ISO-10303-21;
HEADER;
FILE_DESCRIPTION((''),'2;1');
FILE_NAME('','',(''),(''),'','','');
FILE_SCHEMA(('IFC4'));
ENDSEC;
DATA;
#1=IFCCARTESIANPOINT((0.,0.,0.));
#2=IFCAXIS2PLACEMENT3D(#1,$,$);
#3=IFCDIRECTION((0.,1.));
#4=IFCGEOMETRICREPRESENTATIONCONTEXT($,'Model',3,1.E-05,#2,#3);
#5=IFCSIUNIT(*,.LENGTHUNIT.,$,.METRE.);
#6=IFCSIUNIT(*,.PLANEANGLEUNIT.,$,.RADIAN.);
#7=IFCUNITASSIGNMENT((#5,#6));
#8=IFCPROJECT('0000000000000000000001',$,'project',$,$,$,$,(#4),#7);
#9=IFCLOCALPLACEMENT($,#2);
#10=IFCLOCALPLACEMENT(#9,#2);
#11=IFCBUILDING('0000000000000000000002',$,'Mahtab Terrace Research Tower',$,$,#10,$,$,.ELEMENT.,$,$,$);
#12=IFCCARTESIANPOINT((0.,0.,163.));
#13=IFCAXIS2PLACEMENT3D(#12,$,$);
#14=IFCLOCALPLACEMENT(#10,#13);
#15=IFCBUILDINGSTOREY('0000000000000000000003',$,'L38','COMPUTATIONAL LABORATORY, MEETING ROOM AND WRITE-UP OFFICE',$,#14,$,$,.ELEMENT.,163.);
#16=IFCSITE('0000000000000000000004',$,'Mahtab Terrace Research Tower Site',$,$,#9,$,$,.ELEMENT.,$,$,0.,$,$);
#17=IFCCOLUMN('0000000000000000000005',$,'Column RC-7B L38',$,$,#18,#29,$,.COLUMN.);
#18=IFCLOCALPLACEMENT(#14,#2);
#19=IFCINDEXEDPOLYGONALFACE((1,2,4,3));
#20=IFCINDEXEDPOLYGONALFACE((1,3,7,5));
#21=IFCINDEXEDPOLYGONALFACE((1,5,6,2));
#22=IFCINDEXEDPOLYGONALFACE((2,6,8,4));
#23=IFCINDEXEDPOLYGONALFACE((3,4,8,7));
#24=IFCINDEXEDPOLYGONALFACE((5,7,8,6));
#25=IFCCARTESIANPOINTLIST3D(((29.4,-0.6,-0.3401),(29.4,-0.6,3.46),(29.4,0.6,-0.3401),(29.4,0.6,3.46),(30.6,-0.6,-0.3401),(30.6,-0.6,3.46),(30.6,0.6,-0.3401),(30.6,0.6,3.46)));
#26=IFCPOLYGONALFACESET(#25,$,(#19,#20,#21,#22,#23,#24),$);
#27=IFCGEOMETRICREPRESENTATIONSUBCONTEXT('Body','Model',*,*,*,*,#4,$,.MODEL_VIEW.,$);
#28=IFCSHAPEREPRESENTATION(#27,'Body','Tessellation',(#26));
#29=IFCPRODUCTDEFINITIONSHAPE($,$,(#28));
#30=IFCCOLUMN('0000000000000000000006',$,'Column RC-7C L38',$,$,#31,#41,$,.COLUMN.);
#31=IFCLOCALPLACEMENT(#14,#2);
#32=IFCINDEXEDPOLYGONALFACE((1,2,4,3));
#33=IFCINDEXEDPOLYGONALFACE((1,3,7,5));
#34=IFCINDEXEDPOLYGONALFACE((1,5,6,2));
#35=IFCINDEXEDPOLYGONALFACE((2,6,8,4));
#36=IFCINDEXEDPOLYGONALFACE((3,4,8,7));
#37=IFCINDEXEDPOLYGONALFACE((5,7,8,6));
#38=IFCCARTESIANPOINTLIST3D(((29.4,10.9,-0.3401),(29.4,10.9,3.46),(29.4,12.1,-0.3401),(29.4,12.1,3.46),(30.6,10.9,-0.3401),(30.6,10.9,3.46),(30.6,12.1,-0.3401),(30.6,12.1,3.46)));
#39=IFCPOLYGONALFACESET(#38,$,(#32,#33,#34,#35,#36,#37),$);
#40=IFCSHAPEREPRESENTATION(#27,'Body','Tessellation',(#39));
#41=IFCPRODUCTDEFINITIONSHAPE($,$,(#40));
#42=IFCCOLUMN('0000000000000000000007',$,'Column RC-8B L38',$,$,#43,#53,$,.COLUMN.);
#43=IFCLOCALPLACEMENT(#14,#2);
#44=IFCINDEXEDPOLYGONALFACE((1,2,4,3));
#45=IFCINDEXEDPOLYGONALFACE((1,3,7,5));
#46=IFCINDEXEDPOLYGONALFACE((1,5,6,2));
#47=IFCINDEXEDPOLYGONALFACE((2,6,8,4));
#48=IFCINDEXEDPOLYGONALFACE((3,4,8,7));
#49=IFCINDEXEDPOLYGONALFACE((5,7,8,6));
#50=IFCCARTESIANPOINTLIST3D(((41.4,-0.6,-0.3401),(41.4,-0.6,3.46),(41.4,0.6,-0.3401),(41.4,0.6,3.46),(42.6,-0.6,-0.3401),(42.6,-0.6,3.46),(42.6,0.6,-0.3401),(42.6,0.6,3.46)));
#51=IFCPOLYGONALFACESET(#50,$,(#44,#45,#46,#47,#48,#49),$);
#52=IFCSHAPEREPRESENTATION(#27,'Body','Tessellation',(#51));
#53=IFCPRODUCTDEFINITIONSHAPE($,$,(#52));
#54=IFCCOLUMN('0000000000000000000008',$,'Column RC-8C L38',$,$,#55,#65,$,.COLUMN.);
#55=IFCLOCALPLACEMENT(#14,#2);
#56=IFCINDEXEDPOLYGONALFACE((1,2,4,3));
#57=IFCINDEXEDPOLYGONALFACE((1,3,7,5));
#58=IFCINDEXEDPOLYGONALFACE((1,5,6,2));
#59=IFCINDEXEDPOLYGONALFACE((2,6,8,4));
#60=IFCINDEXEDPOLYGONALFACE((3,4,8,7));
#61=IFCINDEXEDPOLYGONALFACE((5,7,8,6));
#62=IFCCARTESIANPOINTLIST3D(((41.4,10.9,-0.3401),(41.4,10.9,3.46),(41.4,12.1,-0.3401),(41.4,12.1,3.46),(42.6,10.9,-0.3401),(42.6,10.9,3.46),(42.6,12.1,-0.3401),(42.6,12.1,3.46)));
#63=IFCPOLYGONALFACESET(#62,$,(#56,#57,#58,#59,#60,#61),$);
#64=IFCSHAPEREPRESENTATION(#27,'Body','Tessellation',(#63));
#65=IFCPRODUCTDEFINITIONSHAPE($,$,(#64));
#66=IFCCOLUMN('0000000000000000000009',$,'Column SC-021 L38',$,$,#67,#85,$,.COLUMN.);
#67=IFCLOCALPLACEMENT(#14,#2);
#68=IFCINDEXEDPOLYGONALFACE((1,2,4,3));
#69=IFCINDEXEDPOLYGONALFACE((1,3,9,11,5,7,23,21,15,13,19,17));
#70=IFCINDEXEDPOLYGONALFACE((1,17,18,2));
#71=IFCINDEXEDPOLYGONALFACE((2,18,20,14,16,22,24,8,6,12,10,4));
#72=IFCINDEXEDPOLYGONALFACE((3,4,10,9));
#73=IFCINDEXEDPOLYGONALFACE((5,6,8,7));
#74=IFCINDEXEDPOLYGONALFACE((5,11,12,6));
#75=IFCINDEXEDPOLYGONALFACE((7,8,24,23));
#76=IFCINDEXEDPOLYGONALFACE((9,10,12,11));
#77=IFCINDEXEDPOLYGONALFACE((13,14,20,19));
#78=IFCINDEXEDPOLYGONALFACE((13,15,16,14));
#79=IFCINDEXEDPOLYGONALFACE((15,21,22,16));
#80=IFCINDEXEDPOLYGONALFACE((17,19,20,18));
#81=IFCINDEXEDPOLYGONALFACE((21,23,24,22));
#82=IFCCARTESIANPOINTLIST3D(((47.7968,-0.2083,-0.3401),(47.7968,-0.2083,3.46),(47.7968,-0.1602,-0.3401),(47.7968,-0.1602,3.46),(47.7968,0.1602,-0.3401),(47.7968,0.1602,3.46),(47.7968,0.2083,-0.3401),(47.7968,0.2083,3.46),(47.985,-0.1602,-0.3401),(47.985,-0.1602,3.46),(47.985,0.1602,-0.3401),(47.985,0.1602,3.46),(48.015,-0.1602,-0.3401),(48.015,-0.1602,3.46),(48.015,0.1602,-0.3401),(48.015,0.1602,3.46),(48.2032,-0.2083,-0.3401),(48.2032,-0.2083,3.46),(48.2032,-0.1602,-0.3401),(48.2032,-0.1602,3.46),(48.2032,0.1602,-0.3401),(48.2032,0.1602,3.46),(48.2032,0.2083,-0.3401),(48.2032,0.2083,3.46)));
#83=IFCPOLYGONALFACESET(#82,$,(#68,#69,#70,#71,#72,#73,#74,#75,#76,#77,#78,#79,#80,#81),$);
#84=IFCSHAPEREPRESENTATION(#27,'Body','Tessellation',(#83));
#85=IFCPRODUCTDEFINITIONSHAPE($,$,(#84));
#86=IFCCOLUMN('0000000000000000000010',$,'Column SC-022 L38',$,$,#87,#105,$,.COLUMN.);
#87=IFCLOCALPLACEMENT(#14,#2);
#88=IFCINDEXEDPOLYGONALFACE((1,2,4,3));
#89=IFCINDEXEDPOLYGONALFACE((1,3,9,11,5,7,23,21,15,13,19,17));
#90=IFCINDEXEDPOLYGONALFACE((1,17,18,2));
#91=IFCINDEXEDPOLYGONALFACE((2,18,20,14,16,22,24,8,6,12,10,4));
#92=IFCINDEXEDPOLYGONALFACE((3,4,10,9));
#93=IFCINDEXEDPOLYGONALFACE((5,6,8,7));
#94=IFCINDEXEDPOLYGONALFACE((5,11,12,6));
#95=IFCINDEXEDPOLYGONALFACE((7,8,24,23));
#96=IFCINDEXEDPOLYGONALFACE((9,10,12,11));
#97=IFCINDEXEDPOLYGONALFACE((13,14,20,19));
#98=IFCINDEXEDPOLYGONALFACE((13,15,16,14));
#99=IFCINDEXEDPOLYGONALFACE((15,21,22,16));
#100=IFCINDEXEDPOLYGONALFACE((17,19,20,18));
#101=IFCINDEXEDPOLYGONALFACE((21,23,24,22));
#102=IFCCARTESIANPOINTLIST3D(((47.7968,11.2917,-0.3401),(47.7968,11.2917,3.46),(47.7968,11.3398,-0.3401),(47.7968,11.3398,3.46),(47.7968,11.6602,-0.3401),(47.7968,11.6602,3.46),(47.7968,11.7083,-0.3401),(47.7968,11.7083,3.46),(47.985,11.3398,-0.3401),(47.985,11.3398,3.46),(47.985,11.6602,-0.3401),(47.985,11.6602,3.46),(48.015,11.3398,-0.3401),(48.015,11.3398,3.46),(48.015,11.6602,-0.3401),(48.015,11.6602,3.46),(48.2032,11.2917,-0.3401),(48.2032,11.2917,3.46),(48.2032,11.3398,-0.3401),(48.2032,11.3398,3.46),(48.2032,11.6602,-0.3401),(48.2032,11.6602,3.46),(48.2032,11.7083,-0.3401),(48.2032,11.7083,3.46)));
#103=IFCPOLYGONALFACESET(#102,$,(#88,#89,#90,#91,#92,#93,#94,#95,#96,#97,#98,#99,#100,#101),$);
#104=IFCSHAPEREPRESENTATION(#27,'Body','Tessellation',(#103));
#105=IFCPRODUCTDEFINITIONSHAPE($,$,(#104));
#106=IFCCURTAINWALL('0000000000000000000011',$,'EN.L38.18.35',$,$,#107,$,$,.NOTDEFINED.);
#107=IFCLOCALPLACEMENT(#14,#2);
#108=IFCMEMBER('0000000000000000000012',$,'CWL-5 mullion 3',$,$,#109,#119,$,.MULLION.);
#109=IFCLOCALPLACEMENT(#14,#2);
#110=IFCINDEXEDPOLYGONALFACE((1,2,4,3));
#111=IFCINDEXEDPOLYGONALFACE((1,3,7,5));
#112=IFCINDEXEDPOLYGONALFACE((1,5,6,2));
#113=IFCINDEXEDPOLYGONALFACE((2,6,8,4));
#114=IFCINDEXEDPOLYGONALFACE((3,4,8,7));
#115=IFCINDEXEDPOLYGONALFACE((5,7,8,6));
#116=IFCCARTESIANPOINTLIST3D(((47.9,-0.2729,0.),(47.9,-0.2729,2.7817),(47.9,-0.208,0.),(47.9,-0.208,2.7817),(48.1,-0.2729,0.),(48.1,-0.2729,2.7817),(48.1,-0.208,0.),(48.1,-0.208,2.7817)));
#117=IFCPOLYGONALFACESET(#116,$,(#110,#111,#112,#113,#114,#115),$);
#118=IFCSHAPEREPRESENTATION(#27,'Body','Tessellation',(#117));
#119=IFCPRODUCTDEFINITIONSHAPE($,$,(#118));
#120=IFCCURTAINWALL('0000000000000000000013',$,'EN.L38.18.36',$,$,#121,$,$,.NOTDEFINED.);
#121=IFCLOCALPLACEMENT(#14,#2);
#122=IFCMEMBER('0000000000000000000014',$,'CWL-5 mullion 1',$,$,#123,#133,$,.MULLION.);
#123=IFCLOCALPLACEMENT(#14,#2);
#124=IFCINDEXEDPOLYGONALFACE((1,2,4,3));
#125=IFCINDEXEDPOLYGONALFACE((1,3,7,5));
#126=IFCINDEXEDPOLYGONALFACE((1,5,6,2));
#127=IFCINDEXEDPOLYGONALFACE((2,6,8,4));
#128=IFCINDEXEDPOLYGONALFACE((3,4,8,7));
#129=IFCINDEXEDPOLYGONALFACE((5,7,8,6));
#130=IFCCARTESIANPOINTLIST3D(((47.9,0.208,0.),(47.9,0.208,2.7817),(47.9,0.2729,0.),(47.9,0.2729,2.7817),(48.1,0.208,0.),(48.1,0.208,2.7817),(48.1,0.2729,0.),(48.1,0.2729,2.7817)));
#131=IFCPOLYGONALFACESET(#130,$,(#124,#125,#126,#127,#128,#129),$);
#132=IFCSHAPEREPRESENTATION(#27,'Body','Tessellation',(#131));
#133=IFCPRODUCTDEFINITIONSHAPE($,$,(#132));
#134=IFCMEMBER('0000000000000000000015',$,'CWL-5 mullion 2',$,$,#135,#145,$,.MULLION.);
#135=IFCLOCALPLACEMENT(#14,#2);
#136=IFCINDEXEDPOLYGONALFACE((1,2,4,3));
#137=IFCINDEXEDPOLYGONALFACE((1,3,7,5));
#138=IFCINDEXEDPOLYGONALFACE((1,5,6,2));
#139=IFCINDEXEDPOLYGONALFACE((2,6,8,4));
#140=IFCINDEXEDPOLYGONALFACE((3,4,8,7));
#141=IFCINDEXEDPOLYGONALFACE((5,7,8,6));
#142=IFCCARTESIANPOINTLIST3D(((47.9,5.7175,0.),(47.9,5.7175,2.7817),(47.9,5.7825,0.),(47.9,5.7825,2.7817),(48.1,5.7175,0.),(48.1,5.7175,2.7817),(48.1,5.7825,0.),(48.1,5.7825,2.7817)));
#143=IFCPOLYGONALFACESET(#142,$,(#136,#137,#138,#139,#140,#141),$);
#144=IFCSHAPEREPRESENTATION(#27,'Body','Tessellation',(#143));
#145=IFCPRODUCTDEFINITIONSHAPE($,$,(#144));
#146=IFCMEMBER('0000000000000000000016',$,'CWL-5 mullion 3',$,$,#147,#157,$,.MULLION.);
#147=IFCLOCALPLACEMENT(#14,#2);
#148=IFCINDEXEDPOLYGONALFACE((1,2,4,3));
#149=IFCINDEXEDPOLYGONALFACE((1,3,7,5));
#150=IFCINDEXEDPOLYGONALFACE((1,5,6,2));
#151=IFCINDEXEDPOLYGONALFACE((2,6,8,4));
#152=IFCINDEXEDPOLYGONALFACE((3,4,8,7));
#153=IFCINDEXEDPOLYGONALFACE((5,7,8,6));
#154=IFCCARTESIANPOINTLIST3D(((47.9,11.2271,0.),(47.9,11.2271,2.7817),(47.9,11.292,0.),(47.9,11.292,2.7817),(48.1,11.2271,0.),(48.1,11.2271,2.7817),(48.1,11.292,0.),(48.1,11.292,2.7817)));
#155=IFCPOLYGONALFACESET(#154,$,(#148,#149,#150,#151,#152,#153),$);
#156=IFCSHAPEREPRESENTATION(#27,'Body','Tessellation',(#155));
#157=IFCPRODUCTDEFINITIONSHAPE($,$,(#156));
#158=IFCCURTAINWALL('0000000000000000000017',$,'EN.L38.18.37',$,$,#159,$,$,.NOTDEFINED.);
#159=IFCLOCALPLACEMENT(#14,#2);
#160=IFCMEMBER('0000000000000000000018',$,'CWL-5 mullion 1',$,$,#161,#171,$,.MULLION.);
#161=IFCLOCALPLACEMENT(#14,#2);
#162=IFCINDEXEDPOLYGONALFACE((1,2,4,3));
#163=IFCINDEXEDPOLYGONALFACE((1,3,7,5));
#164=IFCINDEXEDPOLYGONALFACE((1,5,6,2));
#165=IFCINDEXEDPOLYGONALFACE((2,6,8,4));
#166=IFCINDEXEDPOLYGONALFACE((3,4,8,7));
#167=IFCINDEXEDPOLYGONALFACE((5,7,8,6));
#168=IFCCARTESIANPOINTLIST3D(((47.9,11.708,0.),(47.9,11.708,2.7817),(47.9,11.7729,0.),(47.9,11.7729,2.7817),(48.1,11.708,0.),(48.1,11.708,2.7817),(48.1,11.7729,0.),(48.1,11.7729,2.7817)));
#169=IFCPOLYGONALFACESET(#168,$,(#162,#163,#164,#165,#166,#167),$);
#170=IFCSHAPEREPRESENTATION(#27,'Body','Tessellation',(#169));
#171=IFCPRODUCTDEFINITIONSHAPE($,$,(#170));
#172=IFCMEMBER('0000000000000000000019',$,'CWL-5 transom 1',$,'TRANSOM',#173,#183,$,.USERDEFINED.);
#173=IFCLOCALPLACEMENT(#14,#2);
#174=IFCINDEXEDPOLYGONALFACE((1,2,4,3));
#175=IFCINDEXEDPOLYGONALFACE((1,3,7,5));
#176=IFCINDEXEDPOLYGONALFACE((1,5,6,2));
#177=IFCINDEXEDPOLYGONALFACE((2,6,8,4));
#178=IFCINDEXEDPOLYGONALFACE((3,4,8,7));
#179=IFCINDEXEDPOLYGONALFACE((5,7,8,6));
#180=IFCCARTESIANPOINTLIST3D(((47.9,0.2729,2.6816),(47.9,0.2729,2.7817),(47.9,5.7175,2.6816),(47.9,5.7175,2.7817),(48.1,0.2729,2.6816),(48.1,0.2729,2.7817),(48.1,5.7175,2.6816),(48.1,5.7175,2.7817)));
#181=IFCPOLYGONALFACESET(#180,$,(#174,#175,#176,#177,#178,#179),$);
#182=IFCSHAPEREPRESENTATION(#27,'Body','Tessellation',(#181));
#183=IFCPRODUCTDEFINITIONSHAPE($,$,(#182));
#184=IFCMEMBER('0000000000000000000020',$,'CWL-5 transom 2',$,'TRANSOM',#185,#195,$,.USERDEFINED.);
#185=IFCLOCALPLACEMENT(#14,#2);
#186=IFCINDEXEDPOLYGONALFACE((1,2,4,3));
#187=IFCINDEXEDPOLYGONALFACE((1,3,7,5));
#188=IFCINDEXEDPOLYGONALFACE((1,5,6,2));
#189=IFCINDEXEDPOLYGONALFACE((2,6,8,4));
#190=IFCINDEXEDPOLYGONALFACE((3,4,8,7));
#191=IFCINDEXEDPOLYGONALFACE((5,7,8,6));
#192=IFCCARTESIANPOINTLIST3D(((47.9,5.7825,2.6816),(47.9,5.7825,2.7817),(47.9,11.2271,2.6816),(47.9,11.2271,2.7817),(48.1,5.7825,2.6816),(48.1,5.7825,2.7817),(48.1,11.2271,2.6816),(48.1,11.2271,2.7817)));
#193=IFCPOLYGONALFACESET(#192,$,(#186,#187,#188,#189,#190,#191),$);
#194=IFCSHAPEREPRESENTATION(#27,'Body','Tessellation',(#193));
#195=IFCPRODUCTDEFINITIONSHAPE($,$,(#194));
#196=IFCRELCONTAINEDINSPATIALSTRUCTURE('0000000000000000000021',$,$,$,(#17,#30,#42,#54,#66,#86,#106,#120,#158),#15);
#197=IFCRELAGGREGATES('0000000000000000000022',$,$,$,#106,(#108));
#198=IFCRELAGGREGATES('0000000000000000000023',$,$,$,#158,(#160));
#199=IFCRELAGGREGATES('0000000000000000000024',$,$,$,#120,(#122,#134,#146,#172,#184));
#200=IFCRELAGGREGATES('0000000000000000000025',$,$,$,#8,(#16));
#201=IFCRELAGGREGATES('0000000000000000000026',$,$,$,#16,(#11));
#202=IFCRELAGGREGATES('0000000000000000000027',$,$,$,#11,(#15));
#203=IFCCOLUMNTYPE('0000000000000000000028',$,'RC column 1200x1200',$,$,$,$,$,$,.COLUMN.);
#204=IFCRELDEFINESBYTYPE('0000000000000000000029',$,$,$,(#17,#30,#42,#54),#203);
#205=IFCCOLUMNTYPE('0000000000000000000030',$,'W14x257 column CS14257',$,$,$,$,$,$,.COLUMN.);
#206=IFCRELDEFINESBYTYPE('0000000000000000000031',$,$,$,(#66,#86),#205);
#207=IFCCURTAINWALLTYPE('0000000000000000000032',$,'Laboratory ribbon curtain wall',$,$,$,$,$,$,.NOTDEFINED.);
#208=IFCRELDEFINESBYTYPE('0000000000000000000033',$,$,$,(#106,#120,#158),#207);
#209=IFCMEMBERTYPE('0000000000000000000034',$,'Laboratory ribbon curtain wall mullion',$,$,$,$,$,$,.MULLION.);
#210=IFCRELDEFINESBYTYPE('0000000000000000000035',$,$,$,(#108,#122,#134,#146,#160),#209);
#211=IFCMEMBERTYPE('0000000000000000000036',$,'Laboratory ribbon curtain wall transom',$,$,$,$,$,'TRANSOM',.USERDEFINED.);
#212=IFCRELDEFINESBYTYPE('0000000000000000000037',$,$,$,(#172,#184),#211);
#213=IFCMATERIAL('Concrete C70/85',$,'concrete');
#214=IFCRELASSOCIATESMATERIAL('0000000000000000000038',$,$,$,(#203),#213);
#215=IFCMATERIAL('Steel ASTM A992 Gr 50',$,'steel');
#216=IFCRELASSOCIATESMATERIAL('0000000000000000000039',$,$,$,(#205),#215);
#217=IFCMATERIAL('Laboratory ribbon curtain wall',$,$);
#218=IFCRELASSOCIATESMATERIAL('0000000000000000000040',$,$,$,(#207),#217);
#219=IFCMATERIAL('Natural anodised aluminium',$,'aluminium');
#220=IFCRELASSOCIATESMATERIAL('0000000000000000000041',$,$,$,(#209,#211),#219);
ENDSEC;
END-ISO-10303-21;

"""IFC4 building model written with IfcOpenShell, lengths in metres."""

from ifc_helpers import new_model, si_unit, direction, frame, origin, origin_2d, place, context, subcontext, project, spatial, rectangle, i_section, extrude, material, material_profile, profile_set, type_object, element, aggregate, save


model = new_model("IFC4")

# Units and contexts
model_context = context("Model", 3, precision=1e-05, world=origin(), true_north=direction((0.0, 1.0)))
body_context = subcontext(model_context, "Body", "Model", "MODEL_VIEW")
ifc_project = project(units=[si_unit("LENGTHUNIT", "METRE"), si_unit("PLANEANGLEUNIT", "RADIAN")], contexts=[model_context])

# Site, building, storey
site_placement = place(None, origin())
site = spatial("IfcSite", under=ifc_project, at=site_placement, Name="Mahtab Terrace Research Tower Site", CompositionType="ELEMENT", RefElevation=0.0)
building_placement = place(site_placement, origin())
building = spatial("IfcBuilding", under=site, at=building_placement, Name="Mahtab Terrace Research Tower", CompositionType="ELEMENT")
storey_placement = place(building_placement, frame((0.0, 0.0, 163.0)))
storey = spatial("IfcBuildingStorey", under=building, at=storey_placement, Name="L38", Description="COMPUTATIONAL LABORATORY, MEETING ROOM AND WRITE-UP OFFICE", CompositionType="ELEMENT", Elevation=163.0)

# Columns
ifc_material_1 = material(Name="Concrete C70/85", Category="concrete")
ifc_material_profile_1 = material_profile(ifc_material_1, rectangle(XDim=1.2, YDim=1.2, at=origin_2d()), Name="RC column 1200x1200")
ifc_profile_set_1 = profile_set([ifc_material_profile_1], Name="Concrete C70/85")
column_type_1 = type_object("IfcColumnType", Name="RC column 1200x1200", PredefinedType="COLUMN", material=ifc_profile_set_1)
for number, where, z_axis, x_axis, name in (
    (1, (30.0, 0.0, -0.3401), (0.0, 0.0, 1.0), (1.0, 0.0, 0.0), "Column RC-7B L38"),
    (2, (30.0, 11.5, -0.3401), (0.0, 0.0, 1.0), (1.0, 0.0, 0.0), "Column RC-7C L38"),
    (3, (42.0, 0.0, -0.3401), (0.0, 0.0, 1.0), (1.0, 0.0, 0.0), "Column RC-8B L38"),
    (4, (42.0, 11.5, -0.3401), (0.0, 0.0, 1.0), (1.0, 0.0, 0.0), "Column RC-8C L38"),
):
    element("IfcColumn", number, at=place(storey_placement, frame(where, z_axis=z_axis, x_axis=x_axis)), inside=storey, type_object=column_type_1, Name=name, PredefinedType="COLUMN", context=body_context, shape_type="SweptSolid", body=[
        extrude(rectangle(XDim=1.2, YDim=1.2, at=origin_2d()), origin(), (0.0, 0.0, 1.0), 3.8),
    ])
ifc_material_2 = material(Name="Steel ASTM A992 Gr 50", Category="steel")
ifc_material_profile_2 = material_profile(ifc_material_2, i_section(OverallWidth=0.4065, OverallDepth=0.4165, WebThickness=0.03, FlangeThickness=0.0481, at=origin_2d()), Name="W14X257")
ifc_profile_set_2 = profile_set([ifc_material_profile_2], Name="Steel ASTM A992 Gr 50")
column_type_2 = type_object("IfcColumnType", Name="W14x257 column CS14257", PredefinedType="COLUMN", material=ifc_profile_set_2)
for number, where, z_axis, x_axis, name in (
    (5, (48.0, 0.0, -0.3401), (0.0, 0.0, 1.0), (1.0, 0.0, 0.0), "Column SC-021 L38"),
    (6, (48.0, 11.5, -0.3401), (0.0, 0.0, 1.0), (1.0, 0.0, 0.0), "Column SC-022 L38"),
):
    element("IfcColumn", number, at=place(storey_placement, frame(where, z_axis=z_axis, x_axis=x_axis)), inside=storey, type_object=column_type_2, Name=name, PredefinedType="COLUMN", context=body_context, shape_type="SweptSolid", body=[
        extrude(i_section(OverallWidth=0.4065, OverallDepth=0.4165, WebThickness=0.03, FlangeThickness=0.0481, at=origin_2d()), origin(), (0.0, 0.0, 1.0), 3.8),
    ])

# Curtain wall, member
ifc_material_3 = material(Name="Laboratory ribbon curtain wall")
curtain_wall_type = type_object("IfcCurtainWallType", Name="Laboratory ribbon curtain wall", PredefinedType="NOTDEFINED", material=ifc_material_3)
curtain_wall_1_placement = place(storey_placement, origin())
curtain_wall_1 = element("IfcCurtainWall", 7, at=curtain_wall_1_placement, inside=storey, type_object=curtain_wall_type, Name="EN.L38.18.35", PredefinedType="NOTDEFINED")
ifc_material_4 = material(Name="Natural anodised aluminium", Category="aluminium")
ifc_material_profile_3 = material_profile(ifc_material_4, rectangle(XDim=0.2, YDim=0.0649, at=origin_2d()), Name="MULLION 65x200")
ifc_profile_set_3 = profile_set([ifc_material_profile_3], Name="Natural anodised aluminium")
member_type_1 = type_object("IfcMemberType", Name="Laboratory ribbon curtain wall mullion", PredefinedType="MULLION", material=ifc_profile_set_3)
member_1_placement = place(storey_placement, frame((48.0, -0.2405, 0.0), z_axis=(0.0, 0.0, 1.0), x_axis=(-1.0, 0.0, 0.0)))
member_1 = element("IfcMember", 8, at=member_1_placement, type_object=member_type_1, Name="CWL-5 mullion 3", PredefinedType="MULLION", context=body_context, shape_type="SweptSolid", body=[
    extrude(rectangle(XDim=0.2, YDim=0.0649, at=origin_2d()), origin(), (0.0, 0.0, 1.0), 2.7817),
])
aggregate(curtain_wall_1, [member_1])

# Curtain wall, members
curtain_wall_2_placement = place(storey_placement, origin())
curtain_wall_2 = element("IfcCurtainWall", 9, at=curtain_wall_2_placement, inside=storey, type_object=curtain_wall_type, Name="EN.L38.18.36", PredefinedType="NOTDEFINED")
member_2_placement = place(storey_placement, frame((48.0, 0.2405, 0.0), z_axis=(0.0, 0.0, 1.0), x_axis=(-1.0, 0.0, 0.0)))
member_2 = element("IfcMember", 10, at=member_2_placement, type_object=member_type_1, Name="CWL-5 mullion 1", PredefinedType="MULLION", context=body_context, shape_type="SweptSolid", body=[
    extrude(rectangle(XDim=0.2, YDim=0.0649, at=origin_2d()), origin(), (0.0, 0.0, 1.0), 2.7817),
])
member_3_placement = place(storey_placement, frame((48.0, 5.75, 0.0), z_axis=(0.0, 0.0, 1.0), x_axis=(-1.0, 0.0, 0.0)))
member_3 = element("IfcMember", 11, at=member_3_placement, type_object=member_type_1, Name="CWL-5 mullion 2", PredefinedType="MULLION", context=body_context, shape_type="SweptSolid", body=[
    extrude(rectangle(XDim=0.2, YDim=0.0649, at=origin_2d()), origin(), (0.0, 0.0, 1.0), 2.7817),
])
member_4_placement = place(storey_placement, frame((48.0, 11.2595, 0.0), z_axis=(0.0, 0.0, 1.0), x_axis=(-1.0, 0.0, 0.0)))
member_4 = element("IfcMember", 12, at=member_4_placement, type_object=member_type_1, Name="CWL-5 mullion 3", PredefinedType="MULLION", context=body_context, shape_type="SweptSolid", body=[
    extrude(rectangle(XDim=0.2, YDim=0.0649, at=origin_2d()), origin(), (0.0, 0.0, 1.0), 2.7817),
])

# Curtain wall, member
curtain_wall_3_placement = place(storey_placement, origin())
curtain_wall_3 = element("IfcCurtainWall", 13, at=curtain_wall_3_placement, inside=storey, type_object=curtain_wall_type, Name="EN.L38.18.37", PredefinedType="NOTDEFINED")
member_5_placement = place(storey_placement, frame((48.0, 11.7405, 0.0), z_axis=(0.0, 0.0, 1.0), x_axis=(-1.0, 0.0, 0.0)))
member_5 = element("IfcMember", 14, at=member_5_placement, type_object=member_type_1, Name="CWL-5 mullion 1", PredefinedType="MULLION", context=body_context, shape_type="SweptSolid", body=[
    extrude(rectangle(XDim=0.2, YDim=0.0649, at=origin_2d()), origin(), (0.0, 0.0, 1.0), 2.7817),
])
aggregate(curtain_wall_3, [member_5])

# Members
ifc_material_profile_4 = material_profile(ifc_material_4, rectangle(XDim=0.2, YDim=0.1001, at=origin_2d()), Name="TRANSOM 100x200")
ifc_profile_set_4 = profile_set([ifc_material_profile_4], Name="Natural anodised aluminium")
member_type_2 = type_object("IfcMemberType", Name="Laboratory ribbon curtain wall transom", ElementType="TRANSOM", PredefinedType="USERDEFINED", material=ifc_profile_set_4)
member_6_placement = place(storey_placement, frame((48.0, 0.2729, 2.7317), z_axis=(0.0, 1.0, 0.0), x_axis=(-1.0, 0.0, 0.0)))
member_6 = element("IfcMember", 15, at=member_6_placement, type_object=member_type_2, Name="CWL-5 transom 1", ObjectType="TRANSOM", PredefinedType="USERDEFINED", context=body_context, shape_type="SweptSolid", body=[
    extrude(rectangle(XDim=0.2, YDim=0.1001, at=origin_2d()), origin(), (0.0, 0.0, 1.0), 5.4446),
])
member_7_placement = place(storey_placement, frame((48.0, 5.7825, 2.7317), z_axis=(0.0, 1.0, 0.0), x_axis=(-1.0, 0.0, 0.0)))
member_7 = element("IfcMember", 16, at=member_7_placement, type_object=member_type_2, Name="CWL-5 transom 2", ObjectType="TRANSOM", PredefinedType="USERDEFINED", context=body_context, shape_type="SweptSolid", body=[
    extrude(rectangle(XDim=0.2, YDim=0.1001, at=origin_2d()), origin(), (0.0, 0.0, 1.0), 5.4446),
])

aggregate(curtain_wall_2, [member_2, member_3, member_4, member_6, member_7])

save(model, "model.ifc")
